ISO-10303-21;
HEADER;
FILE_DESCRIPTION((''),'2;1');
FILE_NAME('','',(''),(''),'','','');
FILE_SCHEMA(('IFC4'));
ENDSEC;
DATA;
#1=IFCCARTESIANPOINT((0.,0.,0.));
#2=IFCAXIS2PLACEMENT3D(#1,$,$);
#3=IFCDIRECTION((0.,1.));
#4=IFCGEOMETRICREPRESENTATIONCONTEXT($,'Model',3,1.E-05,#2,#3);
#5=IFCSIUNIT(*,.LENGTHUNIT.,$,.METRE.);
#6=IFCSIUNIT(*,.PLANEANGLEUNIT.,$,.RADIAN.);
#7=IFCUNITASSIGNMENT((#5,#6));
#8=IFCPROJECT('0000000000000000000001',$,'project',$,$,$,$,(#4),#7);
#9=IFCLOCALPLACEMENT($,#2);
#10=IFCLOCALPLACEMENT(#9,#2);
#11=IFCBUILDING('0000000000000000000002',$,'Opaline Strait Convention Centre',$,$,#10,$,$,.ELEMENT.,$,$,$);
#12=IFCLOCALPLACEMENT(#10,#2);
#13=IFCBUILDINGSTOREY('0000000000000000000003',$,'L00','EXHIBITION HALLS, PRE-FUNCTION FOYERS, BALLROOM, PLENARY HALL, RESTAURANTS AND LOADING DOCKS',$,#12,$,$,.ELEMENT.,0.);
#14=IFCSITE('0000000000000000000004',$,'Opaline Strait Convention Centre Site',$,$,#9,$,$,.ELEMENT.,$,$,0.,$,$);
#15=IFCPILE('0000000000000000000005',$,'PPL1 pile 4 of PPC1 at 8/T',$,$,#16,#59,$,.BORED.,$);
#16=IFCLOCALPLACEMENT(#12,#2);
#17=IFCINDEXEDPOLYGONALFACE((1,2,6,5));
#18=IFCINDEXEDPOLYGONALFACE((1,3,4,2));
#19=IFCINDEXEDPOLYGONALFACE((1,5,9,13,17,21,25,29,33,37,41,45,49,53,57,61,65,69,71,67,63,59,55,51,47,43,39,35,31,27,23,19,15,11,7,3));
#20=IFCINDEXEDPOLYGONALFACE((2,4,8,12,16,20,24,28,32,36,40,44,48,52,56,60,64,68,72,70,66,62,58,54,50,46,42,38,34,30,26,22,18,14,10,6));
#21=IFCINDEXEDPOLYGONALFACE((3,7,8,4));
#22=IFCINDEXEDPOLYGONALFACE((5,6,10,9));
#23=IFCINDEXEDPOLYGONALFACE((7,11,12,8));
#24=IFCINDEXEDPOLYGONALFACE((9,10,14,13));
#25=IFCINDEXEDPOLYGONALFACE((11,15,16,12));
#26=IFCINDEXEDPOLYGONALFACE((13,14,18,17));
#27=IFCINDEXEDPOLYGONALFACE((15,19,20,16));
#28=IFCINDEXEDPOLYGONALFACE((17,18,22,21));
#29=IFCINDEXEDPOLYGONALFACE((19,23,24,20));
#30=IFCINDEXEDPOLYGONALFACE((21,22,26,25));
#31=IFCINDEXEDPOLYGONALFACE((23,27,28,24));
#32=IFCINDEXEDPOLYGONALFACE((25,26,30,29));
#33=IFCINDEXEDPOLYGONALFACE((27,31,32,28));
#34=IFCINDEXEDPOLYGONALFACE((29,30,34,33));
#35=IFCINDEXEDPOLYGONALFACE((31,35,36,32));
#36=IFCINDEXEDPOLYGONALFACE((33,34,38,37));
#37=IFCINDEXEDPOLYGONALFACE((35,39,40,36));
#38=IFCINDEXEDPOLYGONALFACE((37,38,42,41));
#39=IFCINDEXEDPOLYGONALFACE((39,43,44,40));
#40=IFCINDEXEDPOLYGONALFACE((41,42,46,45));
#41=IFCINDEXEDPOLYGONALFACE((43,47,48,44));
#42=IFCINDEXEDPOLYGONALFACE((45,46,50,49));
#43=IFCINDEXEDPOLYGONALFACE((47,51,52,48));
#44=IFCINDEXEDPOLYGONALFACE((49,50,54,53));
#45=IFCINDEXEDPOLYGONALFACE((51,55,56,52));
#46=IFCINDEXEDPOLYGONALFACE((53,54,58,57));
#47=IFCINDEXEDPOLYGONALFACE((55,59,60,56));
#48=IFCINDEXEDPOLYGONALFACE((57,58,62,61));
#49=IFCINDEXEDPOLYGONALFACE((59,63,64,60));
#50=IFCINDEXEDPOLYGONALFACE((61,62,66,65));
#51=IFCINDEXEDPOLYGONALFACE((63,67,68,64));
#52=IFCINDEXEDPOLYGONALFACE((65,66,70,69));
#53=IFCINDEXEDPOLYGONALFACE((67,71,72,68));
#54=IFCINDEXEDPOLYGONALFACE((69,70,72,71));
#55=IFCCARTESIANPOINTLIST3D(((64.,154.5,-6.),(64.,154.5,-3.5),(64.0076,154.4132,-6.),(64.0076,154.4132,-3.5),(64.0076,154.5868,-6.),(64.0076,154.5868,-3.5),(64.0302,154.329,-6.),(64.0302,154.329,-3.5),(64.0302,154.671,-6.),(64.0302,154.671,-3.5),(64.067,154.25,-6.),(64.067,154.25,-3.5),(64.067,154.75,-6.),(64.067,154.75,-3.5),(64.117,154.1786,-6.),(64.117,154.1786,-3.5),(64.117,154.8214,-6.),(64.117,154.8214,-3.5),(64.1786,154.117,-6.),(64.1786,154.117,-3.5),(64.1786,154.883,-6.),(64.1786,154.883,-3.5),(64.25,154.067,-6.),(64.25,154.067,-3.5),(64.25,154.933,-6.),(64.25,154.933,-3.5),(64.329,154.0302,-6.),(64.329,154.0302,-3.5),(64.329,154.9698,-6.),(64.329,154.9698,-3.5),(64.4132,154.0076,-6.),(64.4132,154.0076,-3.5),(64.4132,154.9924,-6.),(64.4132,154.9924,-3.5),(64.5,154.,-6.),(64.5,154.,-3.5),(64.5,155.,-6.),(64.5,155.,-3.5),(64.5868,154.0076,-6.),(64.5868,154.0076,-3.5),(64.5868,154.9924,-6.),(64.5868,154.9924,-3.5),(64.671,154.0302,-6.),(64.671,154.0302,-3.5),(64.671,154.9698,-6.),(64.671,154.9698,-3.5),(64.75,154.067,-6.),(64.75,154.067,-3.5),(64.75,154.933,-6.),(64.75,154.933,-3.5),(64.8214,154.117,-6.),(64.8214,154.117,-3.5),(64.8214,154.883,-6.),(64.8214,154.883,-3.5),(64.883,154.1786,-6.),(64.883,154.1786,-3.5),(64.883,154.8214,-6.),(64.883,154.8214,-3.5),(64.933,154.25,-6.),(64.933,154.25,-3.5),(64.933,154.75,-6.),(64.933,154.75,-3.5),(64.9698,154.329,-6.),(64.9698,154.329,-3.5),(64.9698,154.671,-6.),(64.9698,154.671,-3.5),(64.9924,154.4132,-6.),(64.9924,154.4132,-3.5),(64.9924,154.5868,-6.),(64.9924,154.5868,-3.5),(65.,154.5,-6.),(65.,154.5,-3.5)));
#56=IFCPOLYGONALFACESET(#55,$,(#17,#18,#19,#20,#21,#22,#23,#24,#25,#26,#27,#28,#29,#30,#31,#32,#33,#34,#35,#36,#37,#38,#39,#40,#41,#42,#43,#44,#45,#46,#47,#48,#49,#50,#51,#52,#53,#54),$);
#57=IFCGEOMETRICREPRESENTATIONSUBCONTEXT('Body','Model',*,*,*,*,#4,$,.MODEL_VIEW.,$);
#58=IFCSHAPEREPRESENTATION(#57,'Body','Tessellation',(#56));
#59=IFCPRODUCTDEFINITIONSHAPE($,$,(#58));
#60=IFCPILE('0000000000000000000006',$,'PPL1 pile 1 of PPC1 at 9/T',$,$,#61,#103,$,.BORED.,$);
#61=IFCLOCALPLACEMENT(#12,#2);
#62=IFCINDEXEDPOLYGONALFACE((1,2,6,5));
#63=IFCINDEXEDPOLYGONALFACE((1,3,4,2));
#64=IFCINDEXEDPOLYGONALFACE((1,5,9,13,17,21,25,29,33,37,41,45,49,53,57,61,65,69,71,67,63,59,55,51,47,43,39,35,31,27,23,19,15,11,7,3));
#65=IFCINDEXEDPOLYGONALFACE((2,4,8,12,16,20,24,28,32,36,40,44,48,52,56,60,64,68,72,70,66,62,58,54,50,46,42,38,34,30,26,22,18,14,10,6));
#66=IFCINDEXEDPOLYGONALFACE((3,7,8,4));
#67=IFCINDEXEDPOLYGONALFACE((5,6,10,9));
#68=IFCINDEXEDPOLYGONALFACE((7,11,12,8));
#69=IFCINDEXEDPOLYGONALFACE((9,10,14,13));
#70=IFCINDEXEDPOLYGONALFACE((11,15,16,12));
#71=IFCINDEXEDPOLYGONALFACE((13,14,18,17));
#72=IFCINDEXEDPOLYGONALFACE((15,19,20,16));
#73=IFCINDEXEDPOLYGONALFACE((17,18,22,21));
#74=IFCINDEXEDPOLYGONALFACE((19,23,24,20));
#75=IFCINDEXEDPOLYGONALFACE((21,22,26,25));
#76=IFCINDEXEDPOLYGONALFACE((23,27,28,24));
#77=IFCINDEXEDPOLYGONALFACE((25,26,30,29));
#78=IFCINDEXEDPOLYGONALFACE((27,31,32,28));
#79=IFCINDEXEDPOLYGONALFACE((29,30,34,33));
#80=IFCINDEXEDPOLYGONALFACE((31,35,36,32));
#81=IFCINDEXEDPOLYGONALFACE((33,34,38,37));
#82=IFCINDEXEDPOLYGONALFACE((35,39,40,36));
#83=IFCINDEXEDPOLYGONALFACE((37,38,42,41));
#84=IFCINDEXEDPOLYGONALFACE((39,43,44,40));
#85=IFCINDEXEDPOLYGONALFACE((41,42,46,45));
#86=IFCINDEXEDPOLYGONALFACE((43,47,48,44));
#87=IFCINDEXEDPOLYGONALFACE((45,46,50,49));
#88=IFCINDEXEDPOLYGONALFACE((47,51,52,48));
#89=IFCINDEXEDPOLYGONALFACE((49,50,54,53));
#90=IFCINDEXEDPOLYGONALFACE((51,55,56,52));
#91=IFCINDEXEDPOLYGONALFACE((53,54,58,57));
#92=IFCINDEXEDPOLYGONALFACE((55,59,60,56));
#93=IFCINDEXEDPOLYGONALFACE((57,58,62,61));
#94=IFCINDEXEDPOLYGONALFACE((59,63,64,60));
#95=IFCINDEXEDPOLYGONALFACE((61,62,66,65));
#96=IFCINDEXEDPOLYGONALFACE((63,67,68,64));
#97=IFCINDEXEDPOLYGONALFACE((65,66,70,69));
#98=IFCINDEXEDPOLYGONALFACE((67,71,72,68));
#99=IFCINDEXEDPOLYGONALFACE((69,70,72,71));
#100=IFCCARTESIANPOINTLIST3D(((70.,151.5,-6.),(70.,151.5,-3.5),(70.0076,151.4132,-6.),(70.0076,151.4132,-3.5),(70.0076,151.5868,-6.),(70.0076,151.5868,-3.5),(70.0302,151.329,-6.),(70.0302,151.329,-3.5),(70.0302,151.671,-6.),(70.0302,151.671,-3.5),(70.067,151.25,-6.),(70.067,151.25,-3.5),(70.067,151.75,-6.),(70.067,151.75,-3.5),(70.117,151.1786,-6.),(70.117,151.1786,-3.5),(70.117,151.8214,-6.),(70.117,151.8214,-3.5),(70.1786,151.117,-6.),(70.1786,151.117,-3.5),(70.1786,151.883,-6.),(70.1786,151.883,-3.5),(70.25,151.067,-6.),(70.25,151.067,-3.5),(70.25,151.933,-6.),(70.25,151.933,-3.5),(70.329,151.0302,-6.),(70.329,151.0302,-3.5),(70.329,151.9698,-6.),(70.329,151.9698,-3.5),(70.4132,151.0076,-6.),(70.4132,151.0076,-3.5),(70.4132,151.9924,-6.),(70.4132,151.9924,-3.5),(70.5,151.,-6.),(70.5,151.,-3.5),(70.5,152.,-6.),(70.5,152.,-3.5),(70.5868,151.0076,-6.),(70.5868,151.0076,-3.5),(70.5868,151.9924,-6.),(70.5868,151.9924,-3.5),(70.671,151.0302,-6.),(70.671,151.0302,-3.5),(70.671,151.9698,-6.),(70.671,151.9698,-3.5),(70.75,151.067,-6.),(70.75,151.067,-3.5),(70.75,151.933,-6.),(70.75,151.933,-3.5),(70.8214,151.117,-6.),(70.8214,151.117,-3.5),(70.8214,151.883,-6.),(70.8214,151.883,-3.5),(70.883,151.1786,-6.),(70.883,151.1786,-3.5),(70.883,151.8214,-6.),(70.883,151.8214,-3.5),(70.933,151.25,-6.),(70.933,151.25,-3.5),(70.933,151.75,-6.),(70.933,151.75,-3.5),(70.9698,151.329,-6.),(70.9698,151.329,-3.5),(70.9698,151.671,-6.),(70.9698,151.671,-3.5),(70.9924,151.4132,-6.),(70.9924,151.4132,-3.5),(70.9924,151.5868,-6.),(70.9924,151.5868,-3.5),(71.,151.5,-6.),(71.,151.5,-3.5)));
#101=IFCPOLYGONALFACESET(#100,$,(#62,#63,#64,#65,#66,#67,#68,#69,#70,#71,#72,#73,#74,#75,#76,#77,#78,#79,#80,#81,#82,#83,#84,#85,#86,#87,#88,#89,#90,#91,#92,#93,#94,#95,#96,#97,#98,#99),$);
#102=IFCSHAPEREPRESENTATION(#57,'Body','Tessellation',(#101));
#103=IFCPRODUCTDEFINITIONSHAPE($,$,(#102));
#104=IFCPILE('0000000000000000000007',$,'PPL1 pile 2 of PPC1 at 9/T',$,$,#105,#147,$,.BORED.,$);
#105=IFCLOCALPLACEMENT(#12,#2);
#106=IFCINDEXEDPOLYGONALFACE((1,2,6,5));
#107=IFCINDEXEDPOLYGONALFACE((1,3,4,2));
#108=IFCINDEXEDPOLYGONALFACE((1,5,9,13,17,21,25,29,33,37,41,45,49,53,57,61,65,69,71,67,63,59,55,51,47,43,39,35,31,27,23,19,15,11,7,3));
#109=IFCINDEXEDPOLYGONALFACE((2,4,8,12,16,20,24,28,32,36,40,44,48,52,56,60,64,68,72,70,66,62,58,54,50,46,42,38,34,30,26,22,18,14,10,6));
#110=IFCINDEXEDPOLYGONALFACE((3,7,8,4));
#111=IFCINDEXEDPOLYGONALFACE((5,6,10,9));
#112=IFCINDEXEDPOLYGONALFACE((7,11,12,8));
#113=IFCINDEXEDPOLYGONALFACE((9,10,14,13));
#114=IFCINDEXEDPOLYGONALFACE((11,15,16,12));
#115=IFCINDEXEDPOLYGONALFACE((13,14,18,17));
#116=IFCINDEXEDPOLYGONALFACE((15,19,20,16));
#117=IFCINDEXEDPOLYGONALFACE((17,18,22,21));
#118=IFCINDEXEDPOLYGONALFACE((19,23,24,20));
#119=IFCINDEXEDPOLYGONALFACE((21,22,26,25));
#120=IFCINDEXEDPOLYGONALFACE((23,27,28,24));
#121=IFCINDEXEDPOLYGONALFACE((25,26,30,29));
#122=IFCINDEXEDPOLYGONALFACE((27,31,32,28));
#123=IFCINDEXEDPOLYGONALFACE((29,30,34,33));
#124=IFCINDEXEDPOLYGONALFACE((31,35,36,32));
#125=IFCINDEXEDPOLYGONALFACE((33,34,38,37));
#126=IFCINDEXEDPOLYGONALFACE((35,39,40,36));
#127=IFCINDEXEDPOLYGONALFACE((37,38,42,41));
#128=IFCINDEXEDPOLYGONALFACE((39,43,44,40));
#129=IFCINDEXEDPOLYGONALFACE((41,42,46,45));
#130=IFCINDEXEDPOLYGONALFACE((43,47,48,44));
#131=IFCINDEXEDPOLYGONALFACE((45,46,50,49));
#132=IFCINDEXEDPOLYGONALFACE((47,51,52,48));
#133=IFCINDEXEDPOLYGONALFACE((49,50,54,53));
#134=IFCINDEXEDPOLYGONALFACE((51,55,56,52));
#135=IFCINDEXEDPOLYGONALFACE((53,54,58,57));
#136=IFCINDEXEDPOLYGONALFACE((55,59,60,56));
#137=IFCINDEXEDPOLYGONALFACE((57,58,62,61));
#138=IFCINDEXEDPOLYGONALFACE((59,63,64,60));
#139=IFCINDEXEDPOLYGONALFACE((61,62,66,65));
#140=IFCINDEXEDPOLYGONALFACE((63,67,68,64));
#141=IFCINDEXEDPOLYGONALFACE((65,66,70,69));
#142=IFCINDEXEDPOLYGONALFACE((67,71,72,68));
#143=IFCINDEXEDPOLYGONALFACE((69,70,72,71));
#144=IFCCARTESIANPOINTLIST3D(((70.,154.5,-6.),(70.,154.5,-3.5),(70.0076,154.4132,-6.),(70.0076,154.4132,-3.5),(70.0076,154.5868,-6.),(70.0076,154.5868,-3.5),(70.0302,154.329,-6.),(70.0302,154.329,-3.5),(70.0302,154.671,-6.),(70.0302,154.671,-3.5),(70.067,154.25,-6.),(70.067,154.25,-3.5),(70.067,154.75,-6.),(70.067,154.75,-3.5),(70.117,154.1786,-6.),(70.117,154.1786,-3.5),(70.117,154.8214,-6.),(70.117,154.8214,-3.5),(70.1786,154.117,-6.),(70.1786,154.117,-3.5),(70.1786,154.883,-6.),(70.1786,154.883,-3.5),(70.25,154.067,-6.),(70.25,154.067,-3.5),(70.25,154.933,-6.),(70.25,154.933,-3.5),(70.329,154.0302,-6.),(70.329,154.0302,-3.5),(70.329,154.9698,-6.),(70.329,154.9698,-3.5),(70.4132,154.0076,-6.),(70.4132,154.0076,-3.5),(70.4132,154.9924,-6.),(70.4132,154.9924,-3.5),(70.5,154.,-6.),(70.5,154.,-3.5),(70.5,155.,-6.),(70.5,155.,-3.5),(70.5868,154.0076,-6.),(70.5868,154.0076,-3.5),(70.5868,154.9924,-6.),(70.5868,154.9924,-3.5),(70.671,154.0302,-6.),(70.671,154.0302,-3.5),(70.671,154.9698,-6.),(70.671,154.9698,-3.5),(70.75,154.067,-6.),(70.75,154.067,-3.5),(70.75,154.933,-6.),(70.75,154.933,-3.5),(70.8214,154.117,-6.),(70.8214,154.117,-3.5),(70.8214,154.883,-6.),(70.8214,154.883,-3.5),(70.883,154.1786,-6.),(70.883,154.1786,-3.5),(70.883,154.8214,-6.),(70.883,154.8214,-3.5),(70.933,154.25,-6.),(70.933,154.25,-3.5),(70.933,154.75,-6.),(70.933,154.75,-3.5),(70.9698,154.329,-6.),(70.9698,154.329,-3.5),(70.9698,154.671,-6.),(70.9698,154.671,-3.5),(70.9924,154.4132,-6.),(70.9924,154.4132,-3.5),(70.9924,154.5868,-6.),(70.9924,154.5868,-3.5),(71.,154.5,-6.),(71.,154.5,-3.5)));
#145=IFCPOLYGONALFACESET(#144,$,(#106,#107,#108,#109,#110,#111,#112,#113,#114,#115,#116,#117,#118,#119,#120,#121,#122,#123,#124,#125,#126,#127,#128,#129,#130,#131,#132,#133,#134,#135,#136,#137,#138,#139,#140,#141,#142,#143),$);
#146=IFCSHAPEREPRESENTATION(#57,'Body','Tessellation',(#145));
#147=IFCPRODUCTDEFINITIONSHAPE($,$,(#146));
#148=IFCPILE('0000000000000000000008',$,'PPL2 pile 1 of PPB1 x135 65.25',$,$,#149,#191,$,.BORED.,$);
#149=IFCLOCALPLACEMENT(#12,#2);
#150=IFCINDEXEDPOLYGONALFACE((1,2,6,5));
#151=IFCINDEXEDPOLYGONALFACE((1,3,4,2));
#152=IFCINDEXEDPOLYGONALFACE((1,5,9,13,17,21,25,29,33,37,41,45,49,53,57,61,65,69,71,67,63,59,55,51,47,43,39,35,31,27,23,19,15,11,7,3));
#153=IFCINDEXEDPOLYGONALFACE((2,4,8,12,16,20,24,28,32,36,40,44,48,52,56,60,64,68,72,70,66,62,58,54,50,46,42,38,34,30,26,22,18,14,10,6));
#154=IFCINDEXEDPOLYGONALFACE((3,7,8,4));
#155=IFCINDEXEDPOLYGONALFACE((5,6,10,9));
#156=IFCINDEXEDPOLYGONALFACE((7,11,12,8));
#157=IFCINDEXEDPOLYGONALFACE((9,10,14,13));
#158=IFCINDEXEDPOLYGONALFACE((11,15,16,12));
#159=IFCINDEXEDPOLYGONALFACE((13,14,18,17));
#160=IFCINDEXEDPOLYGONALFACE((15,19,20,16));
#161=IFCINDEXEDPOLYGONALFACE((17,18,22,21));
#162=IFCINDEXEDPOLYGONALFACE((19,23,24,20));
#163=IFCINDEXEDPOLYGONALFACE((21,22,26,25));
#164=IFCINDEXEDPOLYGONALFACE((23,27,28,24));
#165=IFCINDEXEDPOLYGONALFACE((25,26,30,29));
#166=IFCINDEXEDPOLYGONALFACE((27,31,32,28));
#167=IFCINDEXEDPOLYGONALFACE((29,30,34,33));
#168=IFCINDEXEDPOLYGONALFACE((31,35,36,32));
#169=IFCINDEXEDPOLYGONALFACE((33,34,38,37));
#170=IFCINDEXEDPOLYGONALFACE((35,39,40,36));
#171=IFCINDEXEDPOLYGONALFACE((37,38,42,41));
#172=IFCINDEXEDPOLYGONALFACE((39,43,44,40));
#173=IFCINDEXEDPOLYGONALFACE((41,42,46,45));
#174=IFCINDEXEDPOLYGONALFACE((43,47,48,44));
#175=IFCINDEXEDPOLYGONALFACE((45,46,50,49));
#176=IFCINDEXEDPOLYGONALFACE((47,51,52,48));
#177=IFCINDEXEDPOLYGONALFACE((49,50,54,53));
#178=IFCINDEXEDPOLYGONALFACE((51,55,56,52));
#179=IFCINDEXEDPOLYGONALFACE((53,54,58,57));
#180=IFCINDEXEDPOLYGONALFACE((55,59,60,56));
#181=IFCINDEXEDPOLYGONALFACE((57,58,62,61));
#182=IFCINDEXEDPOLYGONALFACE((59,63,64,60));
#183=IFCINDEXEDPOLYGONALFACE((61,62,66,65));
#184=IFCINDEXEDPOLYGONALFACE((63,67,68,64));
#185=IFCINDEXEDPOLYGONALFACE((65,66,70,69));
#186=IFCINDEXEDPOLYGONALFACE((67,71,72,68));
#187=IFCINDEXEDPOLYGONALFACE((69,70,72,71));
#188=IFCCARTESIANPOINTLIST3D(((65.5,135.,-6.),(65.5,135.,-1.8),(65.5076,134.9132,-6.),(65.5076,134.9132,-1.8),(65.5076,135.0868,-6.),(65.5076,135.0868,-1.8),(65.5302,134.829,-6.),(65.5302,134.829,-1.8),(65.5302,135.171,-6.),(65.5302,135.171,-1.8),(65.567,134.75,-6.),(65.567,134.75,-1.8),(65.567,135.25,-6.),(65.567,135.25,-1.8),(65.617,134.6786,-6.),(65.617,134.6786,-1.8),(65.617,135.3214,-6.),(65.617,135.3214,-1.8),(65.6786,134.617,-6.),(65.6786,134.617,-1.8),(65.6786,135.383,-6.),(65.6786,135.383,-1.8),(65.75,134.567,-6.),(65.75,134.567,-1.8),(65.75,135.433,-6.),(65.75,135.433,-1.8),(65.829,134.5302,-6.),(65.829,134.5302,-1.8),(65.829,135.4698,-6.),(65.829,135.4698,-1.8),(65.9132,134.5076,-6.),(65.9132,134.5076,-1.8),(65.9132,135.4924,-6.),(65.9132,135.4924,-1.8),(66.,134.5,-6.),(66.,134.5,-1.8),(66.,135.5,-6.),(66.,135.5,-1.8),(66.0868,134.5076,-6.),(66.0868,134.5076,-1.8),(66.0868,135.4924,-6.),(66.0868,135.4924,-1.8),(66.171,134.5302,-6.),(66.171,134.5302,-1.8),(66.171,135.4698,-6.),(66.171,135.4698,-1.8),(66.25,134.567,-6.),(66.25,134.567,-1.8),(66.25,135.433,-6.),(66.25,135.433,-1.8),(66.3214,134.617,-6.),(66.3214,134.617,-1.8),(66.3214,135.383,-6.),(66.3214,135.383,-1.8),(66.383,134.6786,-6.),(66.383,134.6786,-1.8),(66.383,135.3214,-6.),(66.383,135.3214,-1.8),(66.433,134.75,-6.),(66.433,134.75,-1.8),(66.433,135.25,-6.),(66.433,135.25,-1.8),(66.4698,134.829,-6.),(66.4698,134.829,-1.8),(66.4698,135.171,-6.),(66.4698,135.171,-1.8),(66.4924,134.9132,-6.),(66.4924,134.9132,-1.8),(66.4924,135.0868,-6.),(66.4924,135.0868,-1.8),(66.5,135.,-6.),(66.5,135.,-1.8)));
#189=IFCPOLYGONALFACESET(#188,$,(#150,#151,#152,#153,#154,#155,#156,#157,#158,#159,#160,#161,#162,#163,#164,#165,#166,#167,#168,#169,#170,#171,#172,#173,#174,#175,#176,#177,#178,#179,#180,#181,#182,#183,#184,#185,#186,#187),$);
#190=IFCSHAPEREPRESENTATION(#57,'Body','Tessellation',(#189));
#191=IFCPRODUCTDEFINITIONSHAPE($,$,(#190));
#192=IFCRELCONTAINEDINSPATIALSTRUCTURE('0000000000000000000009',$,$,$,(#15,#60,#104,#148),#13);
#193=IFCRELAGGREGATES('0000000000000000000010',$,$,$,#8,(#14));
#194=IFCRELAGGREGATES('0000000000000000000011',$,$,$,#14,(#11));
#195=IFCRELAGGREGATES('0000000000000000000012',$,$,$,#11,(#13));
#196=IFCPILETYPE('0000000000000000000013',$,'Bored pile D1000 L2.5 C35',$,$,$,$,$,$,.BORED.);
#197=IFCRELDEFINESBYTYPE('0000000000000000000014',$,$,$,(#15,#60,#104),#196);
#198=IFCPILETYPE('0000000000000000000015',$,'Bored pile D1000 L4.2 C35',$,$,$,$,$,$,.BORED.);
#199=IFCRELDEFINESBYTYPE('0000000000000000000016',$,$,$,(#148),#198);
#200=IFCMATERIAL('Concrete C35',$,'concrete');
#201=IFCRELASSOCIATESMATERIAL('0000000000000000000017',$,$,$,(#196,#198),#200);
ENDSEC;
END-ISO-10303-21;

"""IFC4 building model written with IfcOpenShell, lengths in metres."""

from ifc_helpers import new_model, si_unit, direction, frame, origin, origin_2d, place, context, subcontext, project, spatial, circle, extrude, material, material_profile, profile_set, type_object, element, save


model = new_model("IFC4")

# Units and contexts
model_context = context("Model", 3, precision=1e-05, world=origin(), true_north=direction((0.0, 1.0)))
body_context = subcontext(model_context, "Body", "Model", "MODEL_VIEW")
ifc_project = project(units=[si_unit("LENGTHUNIT", "METRE"), si_unit("PLANEANGLEUNIT", "RADIAN")], contexts=[model_context])

# Site, building, storey
site_placement = place(None, origin())
site = spatial("IfcSite", under=ifc_project, at=site_placement, Name="Opaline Strait Convention Centre Site", CompositionType="ELEMENT", RefElevation=0.0)
building_placement = place(site_placement, origin())
building = spatial("IfcBuilding", under=site, at=building_placement, Name="Opaline Strait Convention Centre", CompositionType="ELEMENT")
storey_placement = place(building_placement, origin())
storey = spatial("IfcBuildingStorey", under=building, at=storey_placement, Name="L00", Description="EXHIBITION HALLS, PRE-FUNCTION FOYERS, BALLROOM, PLENARY HALL, RESTAURANTS AND LOADING DOCKS", CompositionType="ELEMENT", Elevation=0.0)

# Piles
ifc_material_1 = material(Name="Concrete C35", Category="concrete")
ifc_material_profile_1 = material_profile(ifc_material_1, circle(Radius=0.5, at=origin_2d()), Name="D1000")
ifc_profile_set_1 = profile_set([ifc_material_profile_1], Name="Concrete C35")
pile_type_1 = type_object("IfcPileType", Name="Bored pile D1000 L2.5 C35", PredefinedType="BORED", material=ifc_profile_set_1)
for number, where, z_axis, x_axis, name in (
    (1, (64.5, 154.5, -3.5), (0.0, 0.0, -1.0), (1.0, 0.0, 0.0), "PPL1 pile 4 of PPC1 at 8/T"),
    (2, (70.5, 151.5, -3.5), (0.0, 0.0, -1.0), (1.0, 0.0, 0.0), "PPL1 pile 1 of PPC1 at 9/T"),
    (3, (70.5, 154.5, -3.5), (0.0, 0.0, -1.0), (1.0, 0.0, 0.0), "PPL1 pile 2 of PPC1 at 9/T"),
):
    element("IfcPile", number, at=place(storey_placement, frame(where, z_axis=z_axis, x_axis=x_axis)), inside=storey, type_object=pile_type_1, Name=name, PredefinedType="BORED", context=body_context, shape_type="SweptSolid", body=[
        extrude(circle(Radius=0.5, at=origin_2d()), origin(), (0.0, 0.0, 1.0), 2.5),
    ])
ifc_material_profile_2 = material_profile(ifc_material_1, circle(Radius=0.5, at=origin_2d()), Name="D1000")
ifc_profile_set_2 = profile_set([ifc_material_profile_2], Name="Concrete C35")
pile_type_2 = type_object("IfcPileType", Name="Bored pile D1000 L4.2 C35", PredefinedType="BORED", material=ifc_profile_set_2)
for number, where, z_axis, x_axis, name in (
    (4, (66.0, 135.0, -1.8), (0.0, 0.0, -1.0), (1.0, 0.0, 0.0), "PPL2 pile 1 of PPB1 x135 65.25"),
):
    element("IfcPile", number, at=place(storey_placement, frame(where, z_axis=z_axis, x_axis=x_axis)), inside=storey, type_object=pile_type_2, Name=name, PredefinedType="BORED", context=body_context, shape_type="SweptSolid", body=[
        extrude(circle(Radius=0.5, at=origin_2d()), origin(), (0.0, 0.0, 1.0), 4.2),
    ])

save(model, "model.ifc")
